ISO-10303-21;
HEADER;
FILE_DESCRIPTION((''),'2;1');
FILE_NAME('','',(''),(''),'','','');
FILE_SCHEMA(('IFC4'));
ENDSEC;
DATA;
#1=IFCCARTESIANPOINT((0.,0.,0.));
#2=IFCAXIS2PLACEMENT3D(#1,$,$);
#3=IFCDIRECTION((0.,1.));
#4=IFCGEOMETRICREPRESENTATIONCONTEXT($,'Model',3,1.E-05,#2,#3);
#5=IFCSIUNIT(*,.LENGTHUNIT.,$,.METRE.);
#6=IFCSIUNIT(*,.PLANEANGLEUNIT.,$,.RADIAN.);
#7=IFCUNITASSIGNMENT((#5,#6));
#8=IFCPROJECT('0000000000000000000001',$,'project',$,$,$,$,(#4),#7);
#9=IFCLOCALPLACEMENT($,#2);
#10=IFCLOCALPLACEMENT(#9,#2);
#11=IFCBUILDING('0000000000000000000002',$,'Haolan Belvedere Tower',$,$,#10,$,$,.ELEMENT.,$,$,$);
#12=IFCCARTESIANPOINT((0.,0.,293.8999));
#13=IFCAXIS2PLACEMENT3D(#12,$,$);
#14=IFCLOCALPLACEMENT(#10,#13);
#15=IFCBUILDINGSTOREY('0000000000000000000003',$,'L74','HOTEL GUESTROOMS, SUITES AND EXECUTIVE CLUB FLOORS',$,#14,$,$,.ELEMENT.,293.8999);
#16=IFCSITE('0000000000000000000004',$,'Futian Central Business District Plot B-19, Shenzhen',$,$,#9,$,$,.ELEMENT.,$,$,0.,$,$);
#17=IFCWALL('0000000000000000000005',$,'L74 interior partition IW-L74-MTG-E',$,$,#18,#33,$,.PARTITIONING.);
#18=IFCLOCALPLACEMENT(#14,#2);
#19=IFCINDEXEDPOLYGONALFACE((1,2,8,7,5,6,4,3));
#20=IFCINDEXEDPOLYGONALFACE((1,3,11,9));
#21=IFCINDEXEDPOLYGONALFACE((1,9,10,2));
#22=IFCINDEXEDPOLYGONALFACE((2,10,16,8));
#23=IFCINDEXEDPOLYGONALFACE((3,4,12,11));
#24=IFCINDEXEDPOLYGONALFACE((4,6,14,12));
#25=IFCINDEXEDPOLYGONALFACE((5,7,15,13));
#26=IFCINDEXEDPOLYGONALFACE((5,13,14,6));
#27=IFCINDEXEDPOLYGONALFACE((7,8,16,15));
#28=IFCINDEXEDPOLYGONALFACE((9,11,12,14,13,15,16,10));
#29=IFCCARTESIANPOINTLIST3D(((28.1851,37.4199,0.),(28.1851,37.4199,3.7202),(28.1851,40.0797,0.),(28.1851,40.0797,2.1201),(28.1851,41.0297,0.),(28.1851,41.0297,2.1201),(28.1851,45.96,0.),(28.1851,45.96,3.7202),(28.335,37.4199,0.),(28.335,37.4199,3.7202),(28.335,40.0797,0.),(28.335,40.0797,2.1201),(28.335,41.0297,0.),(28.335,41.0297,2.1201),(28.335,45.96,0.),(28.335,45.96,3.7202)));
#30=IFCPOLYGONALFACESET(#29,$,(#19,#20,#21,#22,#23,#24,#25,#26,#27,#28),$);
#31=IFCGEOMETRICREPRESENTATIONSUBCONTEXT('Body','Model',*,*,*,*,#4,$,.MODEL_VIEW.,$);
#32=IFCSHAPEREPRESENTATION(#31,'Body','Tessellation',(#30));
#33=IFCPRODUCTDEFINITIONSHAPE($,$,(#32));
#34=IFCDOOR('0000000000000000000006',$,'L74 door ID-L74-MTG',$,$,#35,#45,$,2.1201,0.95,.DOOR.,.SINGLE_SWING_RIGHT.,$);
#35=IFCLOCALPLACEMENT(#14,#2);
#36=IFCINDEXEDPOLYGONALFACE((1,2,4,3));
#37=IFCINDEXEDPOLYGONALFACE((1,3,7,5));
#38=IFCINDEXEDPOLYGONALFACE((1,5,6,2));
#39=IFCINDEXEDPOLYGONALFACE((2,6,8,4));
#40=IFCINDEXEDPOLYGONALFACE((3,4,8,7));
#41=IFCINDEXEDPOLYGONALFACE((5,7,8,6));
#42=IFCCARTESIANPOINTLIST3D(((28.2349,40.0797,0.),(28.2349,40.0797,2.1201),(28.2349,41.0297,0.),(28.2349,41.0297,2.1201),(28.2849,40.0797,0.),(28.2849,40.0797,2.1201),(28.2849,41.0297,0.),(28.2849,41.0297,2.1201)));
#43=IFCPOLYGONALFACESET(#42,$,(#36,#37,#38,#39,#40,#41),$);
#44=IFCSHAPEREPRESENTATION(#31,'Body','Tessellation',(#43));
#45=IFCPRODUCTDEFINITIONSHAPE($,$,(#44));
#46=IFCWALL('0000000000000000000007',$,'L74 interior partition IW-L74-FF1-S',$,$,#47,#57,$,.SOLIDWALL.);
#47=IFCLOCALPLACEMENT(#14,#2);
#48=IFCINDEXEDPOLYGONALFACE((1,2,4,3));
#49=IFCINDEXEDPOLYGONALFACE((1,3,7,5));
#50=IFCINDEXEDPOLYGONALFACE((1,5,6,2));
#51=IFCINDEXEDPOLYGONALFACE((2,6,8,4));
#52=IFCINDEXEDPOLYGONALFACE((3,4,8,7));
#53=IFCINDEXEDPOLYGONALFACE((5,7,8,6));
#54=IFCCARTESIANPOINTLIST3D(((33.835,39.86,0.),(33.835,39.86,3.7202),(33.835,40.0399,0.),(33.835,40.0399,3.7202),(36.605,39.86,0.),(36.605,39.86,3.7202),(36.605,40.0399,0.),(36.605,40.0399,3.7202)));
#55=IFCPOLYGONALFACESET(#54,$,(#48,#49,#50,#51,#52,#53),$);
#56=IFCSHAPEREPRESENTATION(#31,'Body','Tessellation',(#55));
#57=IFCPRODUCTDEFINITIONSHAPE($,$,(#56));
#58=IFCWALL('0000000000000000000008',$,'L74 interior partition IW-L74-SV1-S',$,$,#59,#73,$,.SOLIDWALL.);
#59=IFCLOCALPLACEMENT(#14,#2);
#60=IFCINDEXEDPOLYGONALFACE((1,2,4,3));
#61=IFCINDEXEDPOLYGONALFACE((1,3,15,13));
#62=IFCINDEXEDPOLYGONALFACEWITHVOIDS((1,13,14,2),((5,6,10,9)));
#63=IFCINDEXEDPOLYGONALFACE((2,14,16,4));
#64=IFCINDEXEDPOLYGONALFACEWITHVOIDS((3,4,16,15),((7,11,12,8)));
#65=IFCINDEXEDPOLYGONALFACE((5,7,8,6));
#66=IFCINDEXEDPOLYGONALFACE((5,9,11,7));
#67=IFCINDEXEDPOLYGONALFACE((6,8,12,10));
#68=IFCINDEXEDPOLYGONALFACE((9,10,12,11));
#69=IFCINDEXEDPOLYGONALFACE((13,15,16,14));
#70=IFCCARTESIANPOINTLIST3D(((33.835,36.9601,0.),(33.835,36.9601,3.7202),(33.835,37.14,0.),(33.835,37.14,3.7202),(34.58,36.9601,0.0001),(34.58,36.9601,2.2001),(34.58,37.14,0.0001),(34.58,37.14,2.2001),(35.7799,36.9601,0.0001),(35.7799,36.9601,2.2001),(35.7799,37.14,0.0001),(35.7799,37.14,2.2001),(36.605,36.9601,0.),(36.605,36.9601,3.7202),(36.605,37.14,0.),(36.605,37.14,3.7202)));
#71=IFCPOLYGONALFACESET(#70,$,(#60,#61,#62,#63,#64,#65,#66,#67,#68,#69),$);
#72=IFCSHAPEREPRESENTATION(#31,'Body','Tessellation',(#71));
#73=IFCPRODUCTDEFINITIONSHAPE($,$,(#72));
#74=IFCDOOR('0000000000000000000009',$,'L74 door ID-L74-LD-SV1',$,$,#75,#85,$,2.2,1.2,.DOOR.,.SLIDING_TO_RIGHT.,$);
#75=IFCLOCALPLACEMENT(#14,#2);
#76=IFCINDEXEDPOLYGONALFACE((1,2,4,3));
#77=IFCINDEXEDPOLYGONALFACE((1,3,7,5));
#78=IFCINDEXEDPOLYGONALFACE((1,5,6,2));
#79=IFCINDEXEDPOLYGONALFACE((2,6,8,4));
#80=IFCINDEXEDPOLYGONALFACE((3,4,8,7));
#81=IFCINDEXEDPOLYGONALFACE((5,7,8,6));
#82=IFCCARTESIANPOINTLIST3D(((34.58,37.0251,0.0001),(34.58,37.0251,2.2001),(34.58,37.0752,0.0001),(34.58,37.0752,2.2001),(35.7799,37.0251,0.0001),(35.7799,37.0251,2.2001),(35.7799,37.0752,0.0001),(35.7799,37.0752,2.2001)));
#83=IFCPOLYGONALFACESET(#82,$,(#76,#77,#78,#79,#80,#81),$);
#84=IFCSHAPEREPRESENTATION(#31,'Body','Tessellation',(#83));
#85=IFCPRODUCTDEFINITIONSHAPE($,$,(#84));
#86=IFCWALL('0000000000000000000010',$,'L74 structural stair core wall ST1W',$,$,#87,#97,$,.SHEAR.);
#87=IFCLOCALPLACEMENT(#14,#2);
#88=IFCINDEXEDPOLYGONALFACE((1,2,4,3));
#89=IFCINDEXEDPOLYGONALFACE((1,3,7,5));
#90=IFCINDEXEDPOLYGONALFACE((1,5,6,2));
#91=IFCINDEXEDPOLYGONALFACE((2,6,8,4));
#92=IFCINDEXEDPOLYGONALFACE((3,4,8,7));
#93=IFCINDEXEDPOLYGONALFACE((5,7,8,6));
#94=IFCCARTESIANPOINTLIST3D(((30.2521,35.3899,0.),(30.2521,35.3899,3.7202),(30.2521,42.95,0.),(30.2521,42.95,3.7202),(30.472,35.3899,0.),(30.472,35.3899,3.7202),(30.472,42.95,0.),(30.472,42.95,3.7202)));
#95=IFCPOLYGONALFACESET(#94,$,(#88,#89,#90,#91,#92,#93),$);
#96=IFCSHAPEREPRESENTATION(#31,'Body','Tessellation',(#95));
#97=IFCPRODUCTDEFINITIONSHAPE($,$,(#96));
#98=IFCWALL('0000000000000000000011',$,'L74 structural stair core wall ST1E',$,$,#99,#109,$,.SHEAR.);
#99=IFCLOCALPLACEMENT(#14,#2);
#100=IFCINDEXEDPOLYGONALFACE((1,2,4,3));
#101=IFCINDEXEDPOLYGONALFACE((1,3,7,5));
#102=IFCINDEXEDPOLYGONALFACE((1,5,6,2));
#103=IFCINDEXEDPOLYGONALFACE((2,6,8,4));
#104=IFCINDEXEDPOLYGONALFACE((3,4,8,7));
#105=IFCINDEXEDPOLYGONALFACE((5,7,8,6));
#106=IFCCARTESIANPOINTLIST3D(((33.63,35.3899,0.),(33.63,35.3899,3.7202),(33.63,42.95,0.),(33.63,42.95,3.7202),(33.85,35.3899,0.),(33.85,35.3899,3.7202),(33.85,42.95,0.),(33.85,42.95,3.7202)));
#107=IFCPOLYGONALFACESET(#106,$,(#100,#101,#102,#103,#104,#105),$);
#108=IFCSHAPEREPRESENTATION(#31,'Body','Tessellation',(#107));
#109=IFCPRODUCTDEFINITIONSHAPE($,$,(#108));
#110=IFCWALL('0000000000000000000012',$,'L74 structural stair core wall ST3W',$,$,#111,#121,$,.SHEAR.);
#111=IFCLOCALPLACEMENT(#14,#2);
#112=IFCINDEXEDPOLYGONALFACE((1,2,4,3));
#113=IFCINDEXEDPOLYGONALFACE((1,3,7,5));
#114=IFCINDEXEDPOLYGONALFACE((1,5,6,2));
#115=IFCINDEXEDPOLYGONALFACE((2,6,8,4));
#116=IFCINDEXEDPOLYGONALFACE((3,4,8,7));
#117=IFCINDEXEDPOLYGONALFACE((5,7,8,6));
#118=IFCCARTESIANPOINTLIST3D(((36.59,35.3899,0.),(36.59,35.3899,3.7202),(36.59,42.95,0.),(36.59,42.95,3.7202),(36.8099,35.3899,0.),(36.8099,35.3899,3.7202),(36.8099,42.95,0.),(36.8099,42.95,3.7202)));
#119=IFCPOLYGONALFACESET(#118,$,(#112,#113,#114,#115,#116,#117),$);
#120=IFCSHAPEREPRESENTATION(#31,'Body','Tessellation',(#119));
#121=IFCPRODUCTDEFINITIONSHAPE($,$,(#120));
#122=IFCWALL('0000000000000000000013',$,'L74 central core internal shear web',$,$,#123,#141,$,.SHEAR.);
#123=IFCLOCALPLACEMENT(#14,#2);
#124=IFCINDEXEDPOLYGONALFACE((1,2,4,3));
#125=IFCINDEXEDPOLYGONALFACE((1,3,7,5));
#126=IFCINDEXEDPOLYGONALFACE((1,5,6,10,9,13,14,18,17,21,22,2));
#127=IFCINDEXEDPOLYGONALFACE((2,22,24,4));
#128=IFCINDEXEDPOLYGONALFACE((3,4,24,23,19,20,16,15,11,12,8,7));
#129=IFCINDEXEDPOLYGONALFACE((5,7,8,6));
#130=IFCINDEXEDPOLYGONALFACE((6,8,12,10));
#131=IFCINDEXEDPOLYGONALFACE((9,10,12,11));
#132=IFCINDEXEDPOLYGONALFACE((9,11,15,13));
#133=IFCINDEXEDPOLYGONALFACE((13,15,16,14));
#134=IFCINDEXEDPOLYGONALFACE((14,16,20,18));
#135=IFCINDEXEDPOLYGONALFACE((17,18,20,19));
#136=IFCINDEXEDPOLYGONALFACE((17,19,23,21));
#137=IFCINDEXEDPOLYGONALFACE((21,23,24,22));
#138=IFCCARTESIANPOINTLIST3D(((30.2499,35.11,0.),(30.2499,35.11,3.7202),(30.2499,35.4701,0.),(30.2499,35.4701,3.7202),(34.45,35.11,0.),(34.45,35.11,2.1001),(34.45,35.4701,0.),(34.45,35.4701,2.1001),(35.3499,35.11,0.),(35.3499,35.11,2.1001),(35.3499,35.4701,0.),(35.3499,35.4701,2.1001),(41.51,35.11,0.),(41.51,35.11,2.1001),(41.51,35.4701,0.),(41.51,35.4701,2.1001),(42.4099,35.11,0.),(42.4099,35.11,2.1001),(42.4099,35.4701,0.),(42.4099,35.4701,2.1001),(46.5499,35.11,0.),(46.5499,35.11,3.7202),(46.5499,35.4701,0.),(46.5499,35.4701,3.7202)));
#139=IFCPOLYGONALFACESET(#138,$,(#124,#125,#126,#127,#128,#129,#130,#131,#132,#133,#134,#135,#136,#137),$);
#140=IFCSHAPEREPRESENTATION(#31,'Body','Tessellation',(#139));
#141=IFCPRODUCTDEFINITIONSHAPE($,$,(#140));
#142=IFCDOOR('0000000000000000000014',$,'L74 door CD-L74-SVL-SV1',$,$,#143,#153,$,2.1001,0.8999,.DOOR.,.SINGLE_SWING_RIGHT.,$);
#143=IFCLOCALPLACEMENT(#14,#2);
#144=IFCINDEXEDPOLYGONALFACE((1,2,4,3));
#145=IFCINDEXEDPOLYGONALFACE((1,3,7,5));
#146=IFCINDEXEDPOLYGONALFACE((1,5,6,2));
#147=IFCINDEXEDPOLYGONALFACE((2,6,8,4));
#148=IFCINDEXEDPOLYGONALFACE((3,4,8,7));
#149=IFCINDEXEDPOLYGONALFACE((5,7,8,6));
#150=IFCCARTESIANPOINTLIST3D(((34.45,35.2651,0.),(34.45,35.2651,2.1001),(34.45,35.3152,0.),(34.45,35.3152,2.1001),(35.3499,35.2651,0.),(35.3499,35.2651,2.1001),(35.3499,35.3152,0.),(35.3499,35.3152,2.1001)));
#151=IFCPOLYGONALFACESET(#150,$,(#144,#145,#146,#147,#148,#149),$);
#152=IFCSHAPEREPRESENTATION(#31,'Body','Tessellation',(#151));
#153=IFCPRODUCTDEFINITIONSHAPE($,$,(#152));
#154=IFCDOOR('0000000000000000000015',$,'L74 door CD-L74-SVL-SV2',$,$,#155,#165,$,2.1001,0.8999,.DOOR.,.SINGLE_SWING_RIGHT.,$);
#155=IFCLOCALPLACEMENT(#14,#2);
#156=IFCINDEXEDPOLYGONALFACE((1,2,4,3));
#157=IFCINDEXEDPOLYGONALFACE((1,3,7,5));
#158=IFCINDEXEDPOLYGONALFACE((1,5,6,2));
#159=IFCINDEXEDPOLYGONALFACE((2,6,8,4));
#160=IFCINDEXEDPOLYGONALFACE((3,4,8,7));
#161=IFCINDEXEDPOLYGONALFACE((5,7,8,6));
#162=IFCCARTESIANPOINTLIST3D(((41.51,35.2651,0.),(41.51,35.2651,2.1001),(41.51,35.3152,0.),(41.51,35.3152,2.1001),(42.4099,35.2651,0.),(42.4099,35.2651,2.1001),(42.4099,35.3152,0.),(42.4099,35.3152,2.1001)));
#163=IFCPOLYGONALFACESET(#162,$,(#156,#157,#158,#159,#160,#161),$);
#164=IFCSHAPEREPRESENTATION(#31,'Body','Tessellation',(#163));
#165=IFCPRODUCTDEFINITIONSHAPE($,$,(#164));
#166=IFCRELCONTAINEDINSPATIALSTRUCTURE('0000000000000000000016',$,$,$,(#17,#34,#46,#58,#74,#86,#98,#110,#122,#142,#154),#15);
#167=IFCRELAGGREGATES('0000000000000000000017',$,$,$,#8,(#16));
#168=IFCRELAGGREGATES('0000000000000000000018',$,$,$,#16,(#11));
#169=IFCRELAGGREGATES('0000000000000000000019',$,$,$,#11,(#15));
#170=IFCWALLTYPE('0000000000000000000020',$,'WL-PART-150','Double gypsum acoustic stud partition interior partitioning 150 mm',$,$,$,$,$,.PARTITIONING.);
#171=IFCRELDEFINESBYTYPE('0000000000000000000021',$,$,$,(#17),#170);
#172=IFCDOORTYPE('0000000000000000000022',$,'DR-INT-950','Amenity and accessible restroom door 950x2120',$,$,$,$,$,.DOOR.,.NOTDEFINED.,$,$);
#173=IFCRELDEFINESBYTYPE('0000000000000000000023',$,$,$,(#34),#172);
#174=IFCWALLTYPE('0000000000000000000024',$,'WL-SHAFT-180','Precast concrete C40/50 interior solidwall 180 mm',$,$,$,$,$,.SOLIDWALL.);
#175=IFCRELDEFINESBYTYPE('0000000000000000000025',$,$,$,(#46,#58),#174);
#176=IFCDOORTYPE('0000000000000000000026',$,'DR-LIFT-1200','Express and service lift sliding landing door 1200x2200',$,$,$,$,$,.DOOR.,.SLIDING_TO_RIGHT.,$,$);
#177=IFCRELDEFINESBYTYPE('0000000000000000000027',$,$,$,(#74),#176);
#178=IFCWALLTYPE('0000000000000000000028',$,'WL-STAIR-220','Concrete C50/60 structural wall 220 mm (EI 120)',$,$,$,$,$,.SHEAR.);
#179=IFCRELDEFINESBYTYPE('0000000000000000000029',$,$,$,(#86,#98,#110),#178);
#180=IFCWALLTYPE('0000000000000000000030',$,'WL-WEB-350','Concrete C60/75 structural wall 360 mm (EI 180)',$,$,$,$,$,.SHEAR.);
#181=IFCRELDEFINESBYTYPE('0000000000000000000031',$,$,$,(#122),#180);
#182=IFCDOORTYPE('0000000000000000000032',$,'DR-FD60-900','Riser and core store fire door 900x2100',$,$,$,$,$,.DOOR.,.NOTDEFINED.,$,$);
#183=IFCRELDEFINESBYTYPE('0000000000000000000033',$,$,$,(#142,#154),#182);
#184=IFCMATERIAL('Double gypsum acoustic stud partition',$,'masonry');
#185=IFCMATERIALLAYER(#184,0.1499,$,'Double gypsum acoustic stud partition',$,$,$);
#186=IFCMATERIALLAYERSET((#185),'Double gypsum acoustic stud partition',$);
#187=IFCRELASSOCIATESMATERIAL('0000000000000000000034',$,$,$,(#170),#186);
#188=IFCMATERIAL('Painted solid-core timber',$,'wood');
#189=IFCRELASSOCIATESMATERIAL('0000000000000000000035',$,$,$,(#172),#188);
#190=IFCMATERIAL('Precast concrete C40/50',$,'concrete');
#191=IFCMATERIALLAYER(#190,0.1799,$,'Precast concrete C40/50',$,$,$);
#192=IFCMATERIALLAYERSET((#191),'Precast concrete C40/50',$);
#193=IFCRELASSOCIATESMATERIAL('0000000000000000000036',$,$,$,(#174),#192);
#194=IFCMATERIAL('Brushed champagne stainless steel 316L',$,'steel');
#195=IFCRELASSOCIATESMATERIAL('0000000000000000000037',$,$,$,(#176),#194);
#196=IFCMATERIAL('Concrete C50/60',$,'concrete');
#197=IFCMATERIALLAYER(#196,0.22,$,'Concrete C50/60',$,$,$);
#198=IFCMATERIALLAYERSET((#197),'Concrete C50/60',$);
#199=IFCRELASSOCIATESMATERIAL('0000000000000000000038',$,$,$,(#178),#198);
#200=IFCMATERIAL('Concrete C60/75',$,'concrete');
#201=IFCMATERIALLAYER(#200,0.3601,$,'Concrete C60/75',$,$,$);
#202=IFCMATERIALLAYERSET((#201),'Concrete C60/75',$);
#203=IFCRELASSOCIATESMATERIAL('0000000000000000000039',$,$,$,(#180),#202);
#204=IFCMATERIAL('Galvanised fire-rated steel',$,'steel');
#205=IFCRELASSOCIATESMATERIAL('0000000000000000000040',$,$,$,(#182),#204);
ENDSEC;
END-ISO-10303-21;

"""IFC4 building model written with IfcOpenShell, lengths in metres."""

from ifc_helpers import new_model, si_unit, direction, frame, frame_2d, origin, place, context, subcontext, project, spatial, rectangle, extrude, material, layer, layer_set, type_object, element, fill, save


model = new_model("IFC4")

# Units and contexts
model_context = context("Model", 3, precision=1e-05, world=origin(), true_north=direction((0.0, 1.0)))
body_context = subcontext(model_context, "Body", "Model", "MODEL_VIEW")
ifc_project = project(units=[si_unit("LENGTHUNIT", "METRE"), si_unit("PLANEANGLEUNIT", "RADIAN")], contexts=[model_context])

# Site, building, storey
site_placement = place(None, origin())
site = spatial("IfcSite", under=ifc_project, at=site_placement, Name="Futian Central Business District Plot B-19, Shenzhen", CompositionType="ELEMENT", RefElevation=0.0)
building_placement = place(site_placement, origin())
building = spatial("IfcBuilding", under=site, at=building_placement, Name="Haolan Belvedere Tower", CompositionType="ELEMENT")
storey_placement = place(building_placement, frame((0.0, 0.0, 293.8999)))
storey = spatial("IfcBuildingStorey", under=building, at=storey_placement, Name="L74", Description="HOTEL GUESTROOMS, SUITES AND EXECUTIVE CLUB FLOORS", CompositionType="ELEMENT", Elevation=293.8999)

# Shared definitions
ifc_material_1 = material(Name="Precast concrete C40/50", Category="concrete")

# Shared definitions
ifc_material_2 = material(Name="Double gypsum acoustic stud partition", Category="masonry")
ifc_layer_1 = layer(ifc_material_2, 0.1499, Name="Double gypsum acoustic stud partition")
ifc_layer_set_1 = layer_set([ifc_layer_1], Name="Double gypsum acoustic stud partition")
wall_type_1 = type_object("IfcWallType", Name="WL-PART-150", Description="Double gypsum acoustic stud partition interior partitioning 150 mm", PredefinedType="PARTITIONING", material=ifc_layer_set_1)

# Wall, opening, door
wall_1_placement = place(storey_placement, frame((28.26, 37.4199, 0.0), z_axis=(0.0, 0.0, 1.0), x_axis=(0.0, 1.0, 0.0)))
wall_1 = element("IfcWall", 1, at=wall_1_placement, inside=storey, type_object=wall_type_1, Name="L74 interior partition IW-L74-MTG-E", PredefinedType="PARTITIONING", context=body_context, shape_type="SweptSolid", body=[
    extrude(rectangle(XDim=8.54, YDim=0.1499, at=frame_2d((4.27, 0.0))), origin(), (0.0, 0.0, 1.0), 3.7202),
])
opening_1_placement = place(wall_1_placement, frame((3.6099, 0.0, 0.0), z_axis=(0.0, 0.0, 1.0), x_axis=(-1.0, 0.0, 0.0)))
opening_1 = element("IfcOpeningElement", 2, at=opening_1_placement, cuts=wall_1, PredefinedType="OPENING", context=body_context, shape_type="SweptSolid", body=[
    extrude(rectangle(XDim=0.95, YDim=2.1201, at=frame_2d((0.4751, 1.0601))), frame((0.0, 0.085, 0.0), z_axis=(0.0, -1.0, 0.0), x_axis=(1.0, 0.0, 0.0)), (0.0, 0.0, 1.0), 0.1699),
])
ifc_material_3 = material(Name="Painted solid-core timber", Category="wood")
door_type_1 = type_object("IfcDoorType", Name="DR-INT-950", Description="Amenity and accessible restroom door 950x2120", OperationType="NOTDEFINED", PredefinedType="DOOR", material=ifc_material_3)
door_1_placement = place(opening_1_placement, origin())
door_1 = element("IfcDoor", 3, at=door_1_placement, inside=storey, type_object=door_type_1, Name="L74 door ID-L74-MTG", OperationType="SINGLE_SWING_RIGHT", OverallHeight=2.1201, OverallWidth=0.95, PredefinedType="DOOR", context=body_context, shape_type="SweptSolid", body=[
    extrude(rectangle(XDim=0.95, YDim=2.1201, at=frame_2d((0.4751, 1.0601))), frame((0.0, 0.0249, 0.0), z_axis=(0.0, -1.0, 0.0), x_axis=(1.0, 0.0, 0.0)), (0.0, 0.0, 1.0), 0.05),
])
fill(opening_1, door_1)

# Wall
ifc_layer_2 = layer(ifc_material_1, 0.1799, Name="Precast concrete C40/50")
ifc_layer_set_2 = layer_set([ifc_layer_2], Name="Precast concrete C40/50")
wall_type_2 = type_object("IfcWallType", Name="WL-SHAFT-180", Description="Precast concrete C40/50 interior solidwall 180 mm", PredefinedType="SOLIDWALL", material=ifc_layer_set_2)
wall_2_placement = place(storey_placement, frame((33.835, 39.95, 0.0), z_axis=(0.0, 0.0, 1.0), x_axis=(1.0, 0.0, 0.0)))
element("IfcWall", 4, at=wall_2_placement, inside=storey, type_object=wall_type_2, Name="L74 interior partition IW-L74-FF1-S", PredefinedType="SOLIDWALL", context=body_context, shape_type="SweptSolid", body=[
    extrude(rectangle(XDim=2.77, YDim=0.1799, at=frame_2d((1.385, 0.0))), origin(), (0.0, 0.0, 1.0), 3.7202),
])

# Wall, opening, door
wall_3_placement = place(storey_placement, frame((33.835, 37.05, 0.0), z_axis=(0.0, 0.0, 1.0), x_axis=(1.0, 0.0, 0.0)))
wall_3 = element("IfcWall", 5, at=wall_3_placement, inside=storey, type_object=wall_type_2, Name="L74 interior partition IW-L74-SV1-S", PredefinedType="SOLIDWALL", context=body_context, shape_type="SweptSolid", body=[
    extrude(rectangle(XDim=2.77, YDim=0.1799, at=frame_2d((1.385, 0.0))), origin(), (0.0, 0.0, 1.0), 3.7202),
])
opening_2_placement = place(wall_3_placement, frame((1.9451, 0.0, 0.0), z_axis=(0.0, 0.0, 1.0), x_axis=(-1.0, 0.0, 0.0)))
opening_2 = element("IfcOpeningElement", 6, at=opening_2_placement, cuts=wall_3, PredefinedType="OPENING", context=body_context, shape_type="SweptSolid", body=[
    extrude(rectangle(XDim=1.2, YDim=2.2, at=frame_2d((0.6001, 1.1001))), frame((0.0, 0.0999, 0.0), z_axis=(0.0, -1.0, 0.0), x_axis=(1.0, 0.0, 0.0)), (0.0, 0.0, 1.0), 0.2),
])
ifc_material_4 = material(Name="Brushed champagne stainless steel 316L", Category="steel")
door_type_2 = type_object("IfcDoorType", Name="DR-LIFT-1200", Description="Express and service lift sliding landing door 1200x2200", OperationType="SLIDING_TO_RIGHT", PredefinedType="DOOR", material=ifc_material_4)
door_2_placement = place(opening_2_placement, origin())
door_2 = element("IfcDoor", 7, at=door_2_placement, inside=storey, type_object=door_type_2, Name="L74 door ID-L74-LD-SV1", OperationType="SLIDING_TO_RIGHT", OverallHeight=2.2, OverallWidth=1.2, PredefinedType="DOOR", context=body_context, shape_type="SweptSolid", body=[
    extrude(rectangle(XDim=1.2, YDim=2.2, at=frame_2d((0.6001, 1.1001))), frame((0.0, 0.0249, 0.0), z_axis=(0.0, -1.0, 0.0), x_axis=(1.0, 0.0, 0.0)), (0.0, 0.0, 1.0), 0.05),
])
fill(opening_2, door_2)

# Walls
ifc_material_5 = material(Name="Concrete C50/60", Category="concrete")
ifc_layer_3 = layer(ifc_material_5, 0.22, Name="Concrete C50/60")
ifc_layer_set_3 = layer_set([ifc_layer_3], Name="Concrete C50/60")
wall_type_3 = type_object("IfcWallType", Name="WL-STAIR-220", Description="Concrete C50/60 structural wall 220 mm (EI 120)", PredefinedType="SHEAR", material=ifc_layer_set_3)
for number, where, z_axis, x_axis, name in (
    (8, (30.3621, 35.3899, 0.0), (0.0, 0.0, 1.0), (0.0, 1.0, 0.0), "L74 structural stair core wall ST1W"),
    (9, (33.74, 35.3899, 0.0), (0.0, 0.0, 1.0), (0.0, 1.0, 0.0), "L74 structural stair core wall ST1E"),
    (10, (36.7, 35.3899, 0.0), (0.0, 0.0, 1.0), (0.0, 1.0, 0.0), "L74 structural stair core wall ST3W"),
):
    element("IfcWall", number, at=place(storey_placement, frame(where, z_axis=z_axis, x_axis=x_axis)), inside=storey, type_object=wall_type_3, Name=name, PredefinedType="SHEAR", context=body_context, shape_type="SweptSolid", body=[
        extrude(rectangle(XDim=7.5601, YDim=0.22, at=frame_2d((3.78, 0.0))), origin(), (0.0, 0.0, 1.0), 3.7202),
    ])

# Wall, openings, doors
ifc_material_6 = material(Name="Concrete C60/75", Category="concrete")
ifc_layer_4 = layer(ifc_material_6, 0.3601, Name="Concrete C60/75")
ifc_layer_set_4 = layer_set([ifc_layer_4], Name="Concrete C60/75")
wall_type_4 = type_object("IfcWallType", Name="WL-WEB-350", Description="Concrete C60/75 structural wall 360 mm (EI 180)", PredefinedType="SHEAR", material=ifc_layer_set_4)
wall_4_placement = place(storey_placement, frame((30.25, 35.29, 0.0), z_axis=(0.0, 0.0, 1.0), x_axis=(1.0, 0.0, 0.0)))
wall_4 = element("IfcWall", 11, at=wall_4_placement, inside=storey, type_object=wall_type_4, Name="L74 central core internal shear web", PredefinedType="SHEAR", context=body_context, shape_type="SweptSolid", body=[
    extrude(rectangle(XDim=16.3, YDim=0.3601, at=frame_2d((8.1499, 0.0))), origin(), (0.0, 0.0, 1.0), 3.7202),
])
opening_3_placement = place(wall_4_placement, frame((5.0999, 0.0, 0.0), z_axis=(0.0, 0.0, 1.0), x_axis=(-1.0, 0.0, 0.0)))
opening_3 = element("IfcOpeningElement", 12, at=opening_3_placement, cuts=wall_4, PredefinedType="OPENING", context=body_context, shape_type="SweptSolid", body=[
    extrude(rectangle(XDim=0.8999, YDim=2.1001, at=frame_2d((0.45, 1.05))), frame((0.0, 0.1899, 0.0), z_axis=(0.0, -1.0, 0.0), x_axis=(1.0, 0.0, 0.0)), (0.0, 0.0, 1.0), 0.3801),
])
opening_4_placement = place(wall_4_placement, frame((12.1599, 0.0, 0.0), z_axis=(0.0, 0.0, 1.0), x_axis=(-1.0, 0.0, 0.0)))
opening_4 = element("IfcOpeningElement", 13, at=opening_4_placement, cuts=wall_4, PredefinedType="OPENING", context=body_context, shape_type="SweptSolid", body=[
    extrude(rectangle(XDim=0.8999, YDim=2.1001, at=frame_2d((0.45, 1.05))), frame((0.0, 0.1899, 0.0), z_axis=(0.0, -1.0, 0.0), x_axis=(1.0, 0.0, 0.0)), (0.0, 0.0, 1.0), 0.3801),
])
ifc_material_7 = material(Name="Galvanised fire-rated steel", Category="steel")
door_type_3 = type_object("IfcDoorType", Name="DR-FD60-900", Description="Riser and core store fire door 900x2100", OperationType="NOTDEFINED", PredefinedType="DOOR", material=ifc_material_7)
door_3_placement = place(opening_3_placement, origin())
door_3 = element("IfcDoor", 14, at=door_3_placement, inside=storey, type_object=door_type_3, Name="L74 door CD-L74-SVL-SV1", OperationType="SINGLE_SWING_RIGHT", OverallHeight=2.1001, OverallWidth=0.8999, PredefinedType="DOOR", context=body_context, shape_type="SweptSolid", body=[
    extrude(rectangle(XDim=0.8999, YDim=2.1001, at=frame_2d((0.45, 1.05))), frame((0.0, 0.0249, 0.0), z_axis=(0.0, -1.0, 0.0), x_axis=(1.0, 0.0, 0.0)), (0.0, 0.0, 1.0), 0.05),
])
fill(opening_3, door_3)
door_4_placement = place(opening_4_placement, origin())
door_4 = element("IfcDoor", 15, at=door_4_placement, inside=storey, type_object=door_type_3, Name="L74 door CD-L74-SVL-SV2", OperationType="SINGLE_SWING_RIGHT", OverallHeight=2.1001, OverallWidth=0.8999, PredefinedType="DOOR", context=body_context, shape_type="SweptSolid", body=[
    extrude(rectangle(XDim=0.8999, YDim=2.1001, at=frame_2d((0.45, 1.05))), frame((0.0, 0.0249, 0.0), z_axis=(0.0, -1.0, 0.0), x_axis=(1.0, 0.0, 0.0)), (0.0, 0.0, 1.0), 0.05),
])
fill(opening_4, door_4)

save(model, "model.ifc")
